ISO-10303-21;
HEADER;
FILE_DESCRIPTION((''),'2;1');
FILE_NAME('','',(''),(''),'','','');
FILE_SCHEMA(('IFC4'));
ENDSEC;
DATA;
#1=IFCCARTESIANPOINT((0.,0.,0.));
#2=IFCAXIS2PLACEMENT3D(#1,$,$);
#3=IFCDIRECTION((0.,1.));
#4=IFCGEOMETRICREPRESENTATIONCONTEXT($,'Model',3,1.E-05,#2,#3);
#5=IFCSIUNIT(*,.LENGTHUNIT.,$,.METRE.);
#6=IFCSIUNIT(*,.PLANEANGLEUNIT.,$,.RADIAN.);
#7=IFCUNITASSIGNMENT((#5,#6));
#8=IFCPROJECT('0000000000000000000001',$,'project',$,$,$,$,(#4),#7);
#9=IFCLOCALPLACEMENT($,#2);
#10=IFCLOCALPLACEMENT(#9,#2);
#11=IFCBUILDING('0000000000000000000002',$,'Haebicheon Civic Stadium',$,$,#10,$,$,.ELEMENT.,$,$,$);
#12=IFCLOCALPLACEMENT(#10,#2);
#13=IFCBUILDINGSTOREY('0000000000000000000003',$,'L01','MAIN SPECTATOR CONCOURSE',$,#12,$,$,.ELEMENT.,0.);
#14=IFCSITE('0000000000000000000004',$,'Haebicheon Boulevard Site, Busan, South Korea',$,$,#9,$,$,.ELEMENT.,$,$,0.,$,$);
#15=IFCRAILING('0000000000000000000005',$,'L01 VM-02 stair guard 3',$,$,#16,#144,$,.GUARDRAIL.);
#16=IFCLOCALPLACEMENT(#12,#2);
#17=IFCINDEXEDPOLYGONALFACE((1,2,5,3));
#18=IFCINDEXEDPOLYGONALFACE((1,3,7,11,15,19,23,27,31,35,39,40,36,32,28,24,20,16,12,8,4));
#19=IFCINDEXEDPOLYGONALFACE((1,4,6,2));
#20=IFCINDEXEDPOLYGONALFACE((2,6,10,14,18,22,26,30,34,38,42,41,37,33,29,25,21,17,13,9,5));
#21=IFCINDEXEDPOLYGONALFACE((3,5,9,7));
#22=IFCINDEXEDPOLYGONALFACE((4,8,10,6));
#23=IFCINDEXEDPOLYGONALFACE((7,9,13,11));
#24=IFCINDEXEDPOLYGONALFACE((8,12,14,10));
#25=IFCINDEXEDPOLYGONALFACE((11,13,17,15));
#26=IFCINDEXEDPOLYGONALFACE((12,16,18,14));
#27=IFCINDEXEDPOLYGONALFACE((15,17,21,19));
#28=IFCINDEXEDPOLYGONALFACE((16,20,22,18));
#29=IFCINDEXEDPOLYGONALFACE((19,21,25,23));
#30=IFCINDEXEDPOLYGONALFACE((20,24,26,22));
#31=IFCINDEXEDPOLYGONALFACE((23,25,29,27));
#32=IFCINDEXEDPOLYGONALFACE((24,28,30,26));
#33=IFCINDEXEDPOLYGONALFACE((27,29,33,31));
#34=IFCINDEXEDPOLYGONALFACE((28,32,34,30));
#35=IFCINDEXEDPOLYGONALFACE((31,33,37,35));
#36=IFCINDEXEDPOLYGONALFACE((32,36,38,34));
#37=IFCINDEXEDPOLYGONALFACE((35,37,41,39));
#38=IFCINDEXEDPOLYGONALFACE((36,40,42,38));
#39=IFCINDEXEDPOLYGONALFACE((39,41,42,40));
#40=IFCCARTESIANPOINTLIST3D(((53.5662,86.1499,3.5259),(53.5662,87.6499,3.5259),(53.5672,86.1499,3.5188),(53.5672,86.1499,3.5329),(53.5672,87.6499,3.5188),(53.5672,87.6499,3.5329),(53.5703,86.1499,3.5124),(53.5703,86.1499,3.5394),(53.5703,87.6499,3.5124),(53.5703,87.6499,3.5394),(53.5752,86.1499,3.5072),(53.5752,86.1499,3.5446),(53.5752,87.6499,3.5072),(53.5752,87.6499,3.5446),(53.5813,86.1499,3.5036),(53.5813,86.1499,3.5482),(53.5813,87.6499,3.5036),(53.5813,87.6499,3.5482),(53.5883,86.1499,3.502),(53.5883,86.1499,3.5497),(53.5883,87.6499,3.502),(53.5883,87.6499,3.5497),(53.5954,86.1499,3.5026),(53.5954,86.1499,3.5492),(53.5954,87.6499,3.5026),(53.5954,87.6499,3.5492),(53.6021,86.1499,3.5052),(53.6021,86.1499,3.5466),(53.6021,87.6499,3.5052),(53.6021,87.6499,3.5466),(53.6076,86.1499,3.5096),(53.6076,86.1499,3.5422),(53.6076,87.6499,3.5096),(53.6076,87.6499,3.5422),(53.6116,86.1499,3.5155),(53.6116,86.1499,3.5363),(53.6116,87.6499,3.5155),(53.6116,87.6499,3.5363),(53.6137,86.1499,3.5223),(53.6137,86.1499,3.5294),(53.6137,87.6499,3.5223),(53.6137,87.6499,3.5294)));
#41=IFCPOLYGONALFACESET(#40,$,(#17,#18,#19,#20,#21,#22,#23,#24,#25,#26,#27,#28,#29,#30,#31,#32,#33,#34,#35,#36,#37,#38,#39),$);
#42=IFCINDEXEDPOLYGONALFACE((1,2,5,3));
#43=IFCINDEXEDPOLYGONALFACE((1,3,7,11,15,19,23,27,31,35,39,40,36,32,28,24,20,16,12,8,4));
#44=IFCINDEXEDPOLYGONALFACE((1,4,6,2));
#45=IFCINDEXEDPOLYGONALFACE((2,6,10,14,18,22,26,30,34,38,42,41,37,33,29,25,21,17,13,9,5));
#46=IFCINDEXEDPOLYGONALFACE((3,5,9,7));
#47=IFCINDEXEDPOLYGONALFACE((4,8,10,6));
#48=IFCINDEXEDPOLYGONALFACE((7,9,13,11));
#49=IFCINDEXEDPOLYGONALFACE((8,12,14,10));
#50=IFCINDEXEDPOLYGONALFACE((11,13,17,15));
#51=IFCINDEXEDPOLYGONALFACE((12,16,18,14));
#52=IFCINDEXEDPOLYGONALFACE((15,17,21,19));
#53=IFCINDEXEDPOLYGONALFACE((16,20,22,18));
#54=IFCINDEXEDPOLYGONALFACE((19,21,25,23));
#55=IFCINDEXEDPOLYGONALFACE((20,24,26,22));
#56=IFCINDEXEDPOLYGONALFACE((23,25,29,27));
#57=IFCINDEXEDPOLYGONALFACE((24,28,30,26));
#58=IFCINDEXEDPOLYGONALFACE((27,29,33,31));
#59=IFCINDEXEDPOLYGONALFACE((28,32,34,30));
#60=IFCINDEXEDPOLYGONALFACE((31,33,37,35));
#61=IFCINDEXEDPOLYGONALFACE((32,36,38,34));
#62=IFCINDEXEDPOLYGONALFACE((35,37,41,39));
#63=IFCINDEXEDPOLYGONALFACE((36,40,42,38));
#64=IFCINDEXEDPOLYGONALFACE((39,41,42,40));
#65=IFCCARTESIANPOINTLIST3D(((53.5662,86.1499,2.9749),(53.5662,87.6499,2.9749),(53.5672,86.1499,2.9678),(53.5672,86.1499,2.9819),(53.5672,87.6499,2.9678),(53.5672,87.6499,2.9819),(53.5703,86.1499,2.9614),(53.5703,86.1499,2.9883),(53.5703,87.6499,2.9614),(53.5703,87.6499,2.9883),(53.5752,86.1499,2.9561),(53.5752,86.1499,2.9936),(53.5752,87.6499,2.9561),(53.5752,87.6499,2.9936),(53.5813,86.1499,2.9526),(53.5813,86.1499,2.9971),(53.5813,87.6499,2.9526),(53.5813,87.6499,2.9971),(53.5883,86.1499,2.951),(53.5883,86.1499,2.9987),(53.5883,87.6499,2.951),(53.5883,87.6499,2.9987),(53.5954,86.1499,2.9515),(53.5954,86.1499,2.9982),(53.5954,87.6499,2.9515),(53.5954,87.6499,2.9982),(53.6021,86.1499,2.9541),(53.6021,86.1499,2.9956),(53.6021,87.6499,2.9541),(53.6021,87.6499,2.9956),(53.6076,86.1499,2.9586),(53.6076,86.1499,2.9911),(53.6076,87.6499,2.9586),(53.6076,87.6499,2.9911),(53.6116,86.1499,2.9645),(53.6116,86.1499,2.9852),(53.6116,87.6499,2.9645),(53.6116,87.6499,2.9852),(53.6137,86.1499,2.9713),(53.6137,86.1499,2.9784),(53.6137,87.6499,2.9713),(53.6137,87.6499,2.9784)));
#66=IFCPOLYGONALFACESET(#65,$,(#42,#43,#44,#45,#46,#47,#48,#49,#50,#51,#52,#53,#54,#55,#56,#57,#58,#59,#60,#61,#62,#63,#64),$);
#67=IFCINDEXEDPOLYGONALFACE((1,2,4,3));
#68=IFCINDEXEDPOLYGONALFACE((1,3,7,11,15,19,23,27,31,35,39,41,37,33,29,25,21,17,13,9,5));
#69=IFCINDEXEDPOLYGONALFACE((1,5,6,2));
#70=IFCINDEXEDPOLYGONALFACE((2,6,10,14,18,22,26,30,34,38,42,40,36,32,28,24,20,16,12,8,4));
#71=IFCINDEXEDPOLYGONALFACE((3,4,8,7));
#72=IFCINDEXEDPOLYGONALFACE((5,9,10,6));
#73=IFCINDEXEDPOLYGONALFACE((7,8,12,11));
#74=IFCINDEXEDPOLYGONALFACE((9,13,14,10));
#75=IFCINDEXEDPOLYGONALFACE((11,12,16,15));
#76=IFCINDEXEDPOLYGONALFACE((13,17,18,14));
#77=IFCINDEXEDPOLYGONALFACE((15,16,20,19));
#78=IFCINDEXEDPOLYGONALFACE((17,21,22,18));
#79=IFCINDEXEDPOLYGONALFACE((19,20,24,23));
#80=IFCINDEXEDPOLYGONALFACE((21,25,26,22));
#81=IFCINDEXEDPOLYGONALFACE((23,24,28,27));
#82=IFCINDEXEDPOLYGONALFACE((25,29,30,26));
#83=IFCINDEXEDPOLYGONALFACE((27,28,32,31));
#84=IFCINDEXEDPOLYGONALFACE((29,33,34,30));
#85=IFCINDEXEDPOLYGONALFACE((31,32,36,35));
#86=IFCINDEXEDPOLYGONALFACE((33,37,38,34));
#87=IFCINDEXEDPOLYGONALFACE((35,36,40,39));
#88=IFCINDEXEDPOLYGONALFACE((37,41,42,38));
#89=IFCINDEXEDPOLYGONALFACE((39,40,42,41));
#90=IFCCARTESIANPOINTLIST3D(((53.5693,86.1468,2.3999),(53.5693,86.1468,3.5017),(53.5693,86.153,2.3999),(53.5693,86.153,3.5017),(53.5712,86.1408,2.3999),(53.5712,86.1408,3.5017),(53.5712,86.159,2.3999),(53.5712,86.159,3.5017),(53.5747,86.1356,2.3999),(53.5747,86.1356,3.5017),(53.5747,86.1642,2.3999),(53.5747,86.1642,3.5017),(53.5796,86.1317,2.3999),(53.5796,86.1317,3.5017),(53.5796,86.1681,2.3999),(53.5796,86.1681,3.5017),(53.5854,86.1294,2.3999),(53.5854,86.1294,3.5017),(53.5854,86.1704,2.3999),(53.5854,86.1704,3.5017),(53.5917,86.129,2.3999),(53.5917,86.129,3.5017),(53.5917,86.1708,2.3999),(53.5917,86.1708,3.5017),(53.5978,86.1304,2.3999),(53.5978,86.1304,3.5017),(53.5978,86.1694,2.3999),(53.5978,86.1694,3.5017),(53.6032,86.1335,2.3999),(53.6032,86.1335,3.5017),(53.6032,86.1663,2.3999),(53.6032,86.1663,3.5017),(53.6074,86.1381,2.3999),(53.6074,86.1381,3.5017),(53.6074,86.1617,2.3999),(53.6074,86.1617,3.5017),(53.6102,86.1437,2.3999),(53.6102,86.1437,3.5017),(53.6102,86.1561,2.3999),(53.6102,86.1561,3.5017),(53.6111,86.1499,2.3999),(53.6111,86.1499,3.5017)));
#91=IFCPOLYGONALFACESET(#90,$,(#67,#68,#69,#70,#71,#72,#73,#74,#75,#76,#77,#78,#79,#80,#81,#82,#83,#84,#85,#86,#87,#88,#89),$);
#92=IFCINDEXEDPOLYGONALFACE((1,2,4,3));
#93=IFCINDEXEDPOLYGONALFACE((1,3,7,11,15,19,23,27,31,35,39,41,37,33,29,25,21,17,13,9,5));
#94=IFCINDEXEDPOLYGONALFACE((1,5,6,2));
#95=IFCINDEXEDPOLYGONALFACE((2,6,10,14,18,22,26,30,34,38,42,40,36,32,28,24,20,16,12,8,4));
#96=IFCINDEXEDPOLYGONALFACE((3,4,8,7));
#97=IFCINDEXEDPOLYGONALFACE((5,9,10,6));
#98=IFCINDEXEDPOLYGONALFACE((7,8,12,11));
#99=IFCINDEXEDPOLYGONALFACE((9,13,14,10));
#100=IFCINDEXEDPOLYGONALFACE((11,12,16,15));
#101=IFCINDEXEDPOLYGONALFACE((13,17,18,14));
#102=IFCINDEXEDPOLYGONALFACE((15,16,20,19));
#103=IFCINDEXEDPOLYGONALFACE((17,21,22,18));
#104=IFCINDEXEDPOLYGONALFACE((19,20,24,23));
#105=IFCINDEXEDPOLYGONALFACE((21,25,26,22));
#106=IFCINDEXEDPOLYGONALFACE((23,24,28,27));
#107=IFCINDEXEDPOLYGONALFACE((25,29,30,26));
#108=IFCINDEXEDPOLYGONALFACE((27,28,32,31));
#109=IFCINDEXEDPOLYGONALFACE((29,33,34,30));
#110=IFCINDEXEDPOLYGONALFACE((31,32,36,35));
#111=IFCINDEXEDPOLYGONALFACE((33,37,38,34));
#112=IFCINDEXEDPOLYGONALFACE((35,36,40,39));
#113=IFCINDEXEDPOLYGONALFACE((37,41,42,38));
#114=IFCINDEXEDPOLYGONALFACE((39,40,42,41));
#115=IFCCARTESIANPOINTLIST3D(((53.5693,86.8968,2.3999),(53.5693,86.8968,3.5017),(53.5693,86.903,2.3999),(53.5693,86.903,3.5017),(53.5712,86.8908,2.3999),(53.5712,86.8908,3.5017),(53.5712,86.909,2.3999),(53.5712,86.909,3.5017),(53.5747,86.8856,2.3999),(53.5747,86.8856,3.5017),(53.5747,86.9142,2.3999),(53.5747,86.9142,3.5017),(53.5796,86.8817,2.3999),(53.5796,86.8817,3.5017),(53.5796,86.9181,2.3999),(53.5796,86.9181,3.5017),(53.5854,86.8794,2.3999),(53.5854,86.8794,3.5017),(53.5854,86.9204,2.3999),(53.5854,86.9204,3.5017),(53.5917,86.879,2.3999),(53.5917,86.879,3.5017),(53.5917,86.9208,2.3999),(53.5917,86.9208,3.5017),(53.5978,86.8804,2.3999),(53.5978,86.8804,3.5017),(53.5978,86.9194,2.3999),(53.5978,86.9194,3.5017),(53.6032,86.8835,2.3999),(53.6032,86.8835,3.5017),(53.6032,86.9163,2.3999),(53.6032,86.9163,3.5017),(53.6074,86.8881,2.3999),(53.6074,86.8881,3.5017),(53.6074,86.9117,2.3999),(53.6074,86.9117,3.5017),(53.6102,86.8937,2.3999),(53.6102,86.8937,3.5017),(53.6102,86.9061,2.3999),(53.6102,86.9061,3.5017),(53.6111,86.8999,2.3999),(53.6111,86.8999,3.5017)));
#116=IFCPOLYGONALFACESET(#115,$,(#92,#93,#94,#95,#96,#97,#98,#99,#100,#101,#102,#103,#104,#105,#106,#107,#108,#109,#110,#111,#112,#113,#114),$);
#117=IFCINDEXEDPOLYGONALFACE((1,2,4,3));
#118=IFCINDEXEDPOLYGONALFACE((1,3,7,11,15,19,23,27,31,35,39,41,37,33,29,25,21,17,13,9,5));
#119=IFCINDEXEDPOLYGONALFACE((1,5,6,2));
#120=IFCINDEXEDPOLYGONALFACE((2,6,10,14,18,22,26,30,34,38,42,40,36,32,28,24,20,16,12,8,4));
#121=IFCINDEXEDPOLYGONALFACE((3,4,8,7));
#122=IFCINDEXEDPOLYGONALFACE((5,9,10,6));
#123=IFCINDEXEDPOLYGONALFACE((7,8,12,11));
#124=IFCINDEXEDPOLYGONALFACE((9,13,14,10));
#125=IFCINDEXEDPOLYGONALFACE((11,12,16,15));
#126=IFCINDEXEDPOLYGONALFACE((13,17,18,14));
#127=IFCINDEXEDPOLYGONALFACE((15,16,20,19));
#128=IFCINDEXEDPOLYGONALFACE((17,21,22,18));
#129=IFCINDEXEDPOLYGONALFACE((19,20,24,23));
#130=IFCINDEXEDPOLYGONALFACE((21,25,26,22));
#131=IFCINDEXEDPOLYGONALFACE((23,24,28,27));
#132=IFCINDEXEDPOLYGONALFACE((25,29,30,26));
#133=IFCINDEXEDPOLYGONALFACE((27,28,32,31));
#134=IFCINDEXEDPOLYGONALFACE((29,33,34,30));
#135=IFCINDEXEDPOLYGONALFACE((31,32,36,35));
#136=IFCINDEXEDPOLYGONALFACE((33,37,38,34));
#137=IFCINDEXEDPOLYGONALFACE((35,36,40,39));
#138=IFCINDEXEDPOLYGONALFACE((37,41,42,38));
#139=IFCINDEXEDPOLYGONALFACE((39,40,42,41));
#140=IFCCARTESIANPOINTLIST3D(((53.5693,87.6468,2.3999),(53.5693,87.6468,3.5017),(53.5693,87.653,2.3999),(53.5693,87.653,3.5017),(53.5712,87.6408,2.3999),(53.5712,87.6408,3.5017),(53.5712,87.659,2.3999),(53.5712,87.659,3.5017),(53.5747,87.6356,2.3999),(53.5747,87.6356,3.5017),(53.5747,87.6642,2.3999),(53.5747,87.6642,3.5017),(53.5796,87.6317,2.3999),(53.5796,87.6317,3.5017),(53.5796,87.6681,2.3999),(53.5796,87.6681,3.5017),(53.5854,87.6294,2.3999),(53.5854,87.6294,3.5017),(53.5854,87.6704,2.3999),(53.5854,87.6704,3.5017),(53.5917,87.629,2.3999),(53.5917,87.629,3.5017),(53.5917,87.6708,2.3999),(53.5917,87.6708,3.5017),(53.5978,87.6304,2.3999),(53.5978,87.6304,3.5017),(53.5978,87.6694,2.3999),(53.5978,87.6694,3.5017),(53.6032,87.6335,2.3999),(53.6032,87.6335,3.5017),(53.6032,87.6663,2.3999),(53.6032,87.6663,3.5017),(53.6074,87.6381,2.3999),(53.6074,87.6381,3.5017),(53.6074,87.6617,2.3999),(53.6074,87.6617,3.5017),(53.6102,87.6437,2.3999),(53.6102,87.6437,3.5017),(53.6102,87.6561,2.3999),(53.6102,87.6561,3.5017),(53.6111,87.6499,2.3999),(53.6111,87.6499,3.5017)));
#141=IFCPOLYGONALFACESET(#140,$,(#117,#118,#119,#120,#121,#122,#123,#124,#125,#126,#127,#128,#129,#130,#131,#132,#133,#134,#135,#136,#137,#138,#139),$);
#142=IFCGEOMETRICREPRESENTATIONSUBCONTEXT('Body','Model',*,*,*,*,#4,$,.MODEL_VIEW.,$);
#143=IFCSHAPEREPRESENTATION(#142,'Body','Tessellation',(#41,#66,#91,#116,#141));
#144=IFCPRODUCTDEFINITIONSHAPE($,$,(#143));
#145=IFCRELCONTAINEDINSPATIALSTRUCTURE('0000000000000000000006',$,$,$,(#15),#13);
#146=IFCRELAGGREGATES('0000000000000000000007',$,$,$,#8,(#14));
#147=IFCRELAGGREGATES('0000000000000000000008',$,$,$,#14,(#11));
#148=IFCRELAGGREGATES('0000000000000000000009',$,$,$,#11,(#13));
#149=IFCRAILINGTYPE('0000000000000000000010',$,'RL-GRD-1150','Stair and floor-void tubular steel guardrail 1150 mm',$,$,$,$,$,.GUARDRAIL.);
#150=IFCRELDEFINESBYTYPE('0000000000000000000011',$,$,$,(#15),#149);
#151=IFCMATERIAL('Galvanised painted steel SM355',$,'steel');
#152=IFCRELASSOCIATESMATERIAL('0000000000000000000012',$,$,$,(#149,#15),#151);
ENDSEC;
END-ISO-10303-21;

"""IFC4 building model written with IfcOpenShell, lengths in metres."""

from ifc_helpers import new_model, si_unit, direction, frame, origin, origin_2d, place, context, subcontext, project, spatial, circle, extrude, material, type_object, element, save


model = new_model("IFC4")

# Units and contexts
model_context = context("Model", 3, precision=1e-05, world=origin(), true_north=direction((0.0, 1.0)))
body_context = subcontext(model_context, "Body", "Model", "MODEL_VIEW")
ifc_project = project(units=[si_unit("LENGTHUNIT", "METRE"), si_unit("PLANEANGLEUNIT", "RADIAN")], contexts=[model_context])

# Site, building, storey
site_placement = place(None, origin())
site = spatial("IfcSite", under=ifc_project, at=site_placement, Name="Haebicheon Boulevard Site, Busan, South Korea", CompositionType="ELEMENT", RefElevation=0.0)
building_placement = place(site_placement, origin())
building = spatial("IfcBuilding", under=site, at=building_placement, Name="Haebicheon Civic Stadium", CompositionType="ELEMENT")
storey_placement = place(building_placement, origin())
storey = spatial("IfcBuildingStorey", under=building, at=storey_placement, Name="L01", Description="MAIN SPECTATOR CONCOURSE", CompositionType="ELEMENT", Elevation=0.0)

# Railing
ifc_material_1 = material(Name="Galvanised painted steel SM355", Category="steel")
railing_type_1 = type_object("IfcRailingType", Name="RL-GRD-1150", Description="Stair and floor-void tubular steel guardrail 1150 mm", PredefinedType="GUARDRAIL", material=ifc_material_1)
railing_1_placement = place(storey_placement, frame((53.5901, 86.1499, 2.3999)))
element("IfcRailing", 1, at=railing_1_placement, inside=storey, type_object=railing_type_1, material=ifc_material_1, Name="L01 VM-02 stair guard 3", PredefinedType="GUARDRAIL", context=body_context, shape_type="SweptSolid", body=[
    extrude(circle(Radius=0.0239, at=origin_2d()), frame((0.0, 0.0, 1.126), z_axis=(0.0, 1.0, 0.0), x_axis=(-1.0, 0.0, 0.0)), (0.0, 0.0, 1.0), 1.5),
    extrude(circle(Radius=0.0239, at=origin_2d()), frame((0.0, 0.0, 0.575), z_axis=(0.0, 1.0, 0.0), x_axis=(-1.0, 0.0, 0.0)), (0.0, 0.0, 1.0), 1.5),
    extrude(circle(Radius=0.021, at=origin_2d()), origin(), (0.0, 0.0, 1.0), 1.1018),
    extrude(circle(Radius=0.021, at=origin_2d()), frame((0.0, 0.75, 0.0)), (0.0, 0.0, 1.0), 1.1018),
    extrude(circle(Radius=0.021, at=origin_2d()), frame((0.0, 1.5, 0.0)), (0.0, 0.0, 1.0), 1.1018),
])

save(model, "model.ifc")
